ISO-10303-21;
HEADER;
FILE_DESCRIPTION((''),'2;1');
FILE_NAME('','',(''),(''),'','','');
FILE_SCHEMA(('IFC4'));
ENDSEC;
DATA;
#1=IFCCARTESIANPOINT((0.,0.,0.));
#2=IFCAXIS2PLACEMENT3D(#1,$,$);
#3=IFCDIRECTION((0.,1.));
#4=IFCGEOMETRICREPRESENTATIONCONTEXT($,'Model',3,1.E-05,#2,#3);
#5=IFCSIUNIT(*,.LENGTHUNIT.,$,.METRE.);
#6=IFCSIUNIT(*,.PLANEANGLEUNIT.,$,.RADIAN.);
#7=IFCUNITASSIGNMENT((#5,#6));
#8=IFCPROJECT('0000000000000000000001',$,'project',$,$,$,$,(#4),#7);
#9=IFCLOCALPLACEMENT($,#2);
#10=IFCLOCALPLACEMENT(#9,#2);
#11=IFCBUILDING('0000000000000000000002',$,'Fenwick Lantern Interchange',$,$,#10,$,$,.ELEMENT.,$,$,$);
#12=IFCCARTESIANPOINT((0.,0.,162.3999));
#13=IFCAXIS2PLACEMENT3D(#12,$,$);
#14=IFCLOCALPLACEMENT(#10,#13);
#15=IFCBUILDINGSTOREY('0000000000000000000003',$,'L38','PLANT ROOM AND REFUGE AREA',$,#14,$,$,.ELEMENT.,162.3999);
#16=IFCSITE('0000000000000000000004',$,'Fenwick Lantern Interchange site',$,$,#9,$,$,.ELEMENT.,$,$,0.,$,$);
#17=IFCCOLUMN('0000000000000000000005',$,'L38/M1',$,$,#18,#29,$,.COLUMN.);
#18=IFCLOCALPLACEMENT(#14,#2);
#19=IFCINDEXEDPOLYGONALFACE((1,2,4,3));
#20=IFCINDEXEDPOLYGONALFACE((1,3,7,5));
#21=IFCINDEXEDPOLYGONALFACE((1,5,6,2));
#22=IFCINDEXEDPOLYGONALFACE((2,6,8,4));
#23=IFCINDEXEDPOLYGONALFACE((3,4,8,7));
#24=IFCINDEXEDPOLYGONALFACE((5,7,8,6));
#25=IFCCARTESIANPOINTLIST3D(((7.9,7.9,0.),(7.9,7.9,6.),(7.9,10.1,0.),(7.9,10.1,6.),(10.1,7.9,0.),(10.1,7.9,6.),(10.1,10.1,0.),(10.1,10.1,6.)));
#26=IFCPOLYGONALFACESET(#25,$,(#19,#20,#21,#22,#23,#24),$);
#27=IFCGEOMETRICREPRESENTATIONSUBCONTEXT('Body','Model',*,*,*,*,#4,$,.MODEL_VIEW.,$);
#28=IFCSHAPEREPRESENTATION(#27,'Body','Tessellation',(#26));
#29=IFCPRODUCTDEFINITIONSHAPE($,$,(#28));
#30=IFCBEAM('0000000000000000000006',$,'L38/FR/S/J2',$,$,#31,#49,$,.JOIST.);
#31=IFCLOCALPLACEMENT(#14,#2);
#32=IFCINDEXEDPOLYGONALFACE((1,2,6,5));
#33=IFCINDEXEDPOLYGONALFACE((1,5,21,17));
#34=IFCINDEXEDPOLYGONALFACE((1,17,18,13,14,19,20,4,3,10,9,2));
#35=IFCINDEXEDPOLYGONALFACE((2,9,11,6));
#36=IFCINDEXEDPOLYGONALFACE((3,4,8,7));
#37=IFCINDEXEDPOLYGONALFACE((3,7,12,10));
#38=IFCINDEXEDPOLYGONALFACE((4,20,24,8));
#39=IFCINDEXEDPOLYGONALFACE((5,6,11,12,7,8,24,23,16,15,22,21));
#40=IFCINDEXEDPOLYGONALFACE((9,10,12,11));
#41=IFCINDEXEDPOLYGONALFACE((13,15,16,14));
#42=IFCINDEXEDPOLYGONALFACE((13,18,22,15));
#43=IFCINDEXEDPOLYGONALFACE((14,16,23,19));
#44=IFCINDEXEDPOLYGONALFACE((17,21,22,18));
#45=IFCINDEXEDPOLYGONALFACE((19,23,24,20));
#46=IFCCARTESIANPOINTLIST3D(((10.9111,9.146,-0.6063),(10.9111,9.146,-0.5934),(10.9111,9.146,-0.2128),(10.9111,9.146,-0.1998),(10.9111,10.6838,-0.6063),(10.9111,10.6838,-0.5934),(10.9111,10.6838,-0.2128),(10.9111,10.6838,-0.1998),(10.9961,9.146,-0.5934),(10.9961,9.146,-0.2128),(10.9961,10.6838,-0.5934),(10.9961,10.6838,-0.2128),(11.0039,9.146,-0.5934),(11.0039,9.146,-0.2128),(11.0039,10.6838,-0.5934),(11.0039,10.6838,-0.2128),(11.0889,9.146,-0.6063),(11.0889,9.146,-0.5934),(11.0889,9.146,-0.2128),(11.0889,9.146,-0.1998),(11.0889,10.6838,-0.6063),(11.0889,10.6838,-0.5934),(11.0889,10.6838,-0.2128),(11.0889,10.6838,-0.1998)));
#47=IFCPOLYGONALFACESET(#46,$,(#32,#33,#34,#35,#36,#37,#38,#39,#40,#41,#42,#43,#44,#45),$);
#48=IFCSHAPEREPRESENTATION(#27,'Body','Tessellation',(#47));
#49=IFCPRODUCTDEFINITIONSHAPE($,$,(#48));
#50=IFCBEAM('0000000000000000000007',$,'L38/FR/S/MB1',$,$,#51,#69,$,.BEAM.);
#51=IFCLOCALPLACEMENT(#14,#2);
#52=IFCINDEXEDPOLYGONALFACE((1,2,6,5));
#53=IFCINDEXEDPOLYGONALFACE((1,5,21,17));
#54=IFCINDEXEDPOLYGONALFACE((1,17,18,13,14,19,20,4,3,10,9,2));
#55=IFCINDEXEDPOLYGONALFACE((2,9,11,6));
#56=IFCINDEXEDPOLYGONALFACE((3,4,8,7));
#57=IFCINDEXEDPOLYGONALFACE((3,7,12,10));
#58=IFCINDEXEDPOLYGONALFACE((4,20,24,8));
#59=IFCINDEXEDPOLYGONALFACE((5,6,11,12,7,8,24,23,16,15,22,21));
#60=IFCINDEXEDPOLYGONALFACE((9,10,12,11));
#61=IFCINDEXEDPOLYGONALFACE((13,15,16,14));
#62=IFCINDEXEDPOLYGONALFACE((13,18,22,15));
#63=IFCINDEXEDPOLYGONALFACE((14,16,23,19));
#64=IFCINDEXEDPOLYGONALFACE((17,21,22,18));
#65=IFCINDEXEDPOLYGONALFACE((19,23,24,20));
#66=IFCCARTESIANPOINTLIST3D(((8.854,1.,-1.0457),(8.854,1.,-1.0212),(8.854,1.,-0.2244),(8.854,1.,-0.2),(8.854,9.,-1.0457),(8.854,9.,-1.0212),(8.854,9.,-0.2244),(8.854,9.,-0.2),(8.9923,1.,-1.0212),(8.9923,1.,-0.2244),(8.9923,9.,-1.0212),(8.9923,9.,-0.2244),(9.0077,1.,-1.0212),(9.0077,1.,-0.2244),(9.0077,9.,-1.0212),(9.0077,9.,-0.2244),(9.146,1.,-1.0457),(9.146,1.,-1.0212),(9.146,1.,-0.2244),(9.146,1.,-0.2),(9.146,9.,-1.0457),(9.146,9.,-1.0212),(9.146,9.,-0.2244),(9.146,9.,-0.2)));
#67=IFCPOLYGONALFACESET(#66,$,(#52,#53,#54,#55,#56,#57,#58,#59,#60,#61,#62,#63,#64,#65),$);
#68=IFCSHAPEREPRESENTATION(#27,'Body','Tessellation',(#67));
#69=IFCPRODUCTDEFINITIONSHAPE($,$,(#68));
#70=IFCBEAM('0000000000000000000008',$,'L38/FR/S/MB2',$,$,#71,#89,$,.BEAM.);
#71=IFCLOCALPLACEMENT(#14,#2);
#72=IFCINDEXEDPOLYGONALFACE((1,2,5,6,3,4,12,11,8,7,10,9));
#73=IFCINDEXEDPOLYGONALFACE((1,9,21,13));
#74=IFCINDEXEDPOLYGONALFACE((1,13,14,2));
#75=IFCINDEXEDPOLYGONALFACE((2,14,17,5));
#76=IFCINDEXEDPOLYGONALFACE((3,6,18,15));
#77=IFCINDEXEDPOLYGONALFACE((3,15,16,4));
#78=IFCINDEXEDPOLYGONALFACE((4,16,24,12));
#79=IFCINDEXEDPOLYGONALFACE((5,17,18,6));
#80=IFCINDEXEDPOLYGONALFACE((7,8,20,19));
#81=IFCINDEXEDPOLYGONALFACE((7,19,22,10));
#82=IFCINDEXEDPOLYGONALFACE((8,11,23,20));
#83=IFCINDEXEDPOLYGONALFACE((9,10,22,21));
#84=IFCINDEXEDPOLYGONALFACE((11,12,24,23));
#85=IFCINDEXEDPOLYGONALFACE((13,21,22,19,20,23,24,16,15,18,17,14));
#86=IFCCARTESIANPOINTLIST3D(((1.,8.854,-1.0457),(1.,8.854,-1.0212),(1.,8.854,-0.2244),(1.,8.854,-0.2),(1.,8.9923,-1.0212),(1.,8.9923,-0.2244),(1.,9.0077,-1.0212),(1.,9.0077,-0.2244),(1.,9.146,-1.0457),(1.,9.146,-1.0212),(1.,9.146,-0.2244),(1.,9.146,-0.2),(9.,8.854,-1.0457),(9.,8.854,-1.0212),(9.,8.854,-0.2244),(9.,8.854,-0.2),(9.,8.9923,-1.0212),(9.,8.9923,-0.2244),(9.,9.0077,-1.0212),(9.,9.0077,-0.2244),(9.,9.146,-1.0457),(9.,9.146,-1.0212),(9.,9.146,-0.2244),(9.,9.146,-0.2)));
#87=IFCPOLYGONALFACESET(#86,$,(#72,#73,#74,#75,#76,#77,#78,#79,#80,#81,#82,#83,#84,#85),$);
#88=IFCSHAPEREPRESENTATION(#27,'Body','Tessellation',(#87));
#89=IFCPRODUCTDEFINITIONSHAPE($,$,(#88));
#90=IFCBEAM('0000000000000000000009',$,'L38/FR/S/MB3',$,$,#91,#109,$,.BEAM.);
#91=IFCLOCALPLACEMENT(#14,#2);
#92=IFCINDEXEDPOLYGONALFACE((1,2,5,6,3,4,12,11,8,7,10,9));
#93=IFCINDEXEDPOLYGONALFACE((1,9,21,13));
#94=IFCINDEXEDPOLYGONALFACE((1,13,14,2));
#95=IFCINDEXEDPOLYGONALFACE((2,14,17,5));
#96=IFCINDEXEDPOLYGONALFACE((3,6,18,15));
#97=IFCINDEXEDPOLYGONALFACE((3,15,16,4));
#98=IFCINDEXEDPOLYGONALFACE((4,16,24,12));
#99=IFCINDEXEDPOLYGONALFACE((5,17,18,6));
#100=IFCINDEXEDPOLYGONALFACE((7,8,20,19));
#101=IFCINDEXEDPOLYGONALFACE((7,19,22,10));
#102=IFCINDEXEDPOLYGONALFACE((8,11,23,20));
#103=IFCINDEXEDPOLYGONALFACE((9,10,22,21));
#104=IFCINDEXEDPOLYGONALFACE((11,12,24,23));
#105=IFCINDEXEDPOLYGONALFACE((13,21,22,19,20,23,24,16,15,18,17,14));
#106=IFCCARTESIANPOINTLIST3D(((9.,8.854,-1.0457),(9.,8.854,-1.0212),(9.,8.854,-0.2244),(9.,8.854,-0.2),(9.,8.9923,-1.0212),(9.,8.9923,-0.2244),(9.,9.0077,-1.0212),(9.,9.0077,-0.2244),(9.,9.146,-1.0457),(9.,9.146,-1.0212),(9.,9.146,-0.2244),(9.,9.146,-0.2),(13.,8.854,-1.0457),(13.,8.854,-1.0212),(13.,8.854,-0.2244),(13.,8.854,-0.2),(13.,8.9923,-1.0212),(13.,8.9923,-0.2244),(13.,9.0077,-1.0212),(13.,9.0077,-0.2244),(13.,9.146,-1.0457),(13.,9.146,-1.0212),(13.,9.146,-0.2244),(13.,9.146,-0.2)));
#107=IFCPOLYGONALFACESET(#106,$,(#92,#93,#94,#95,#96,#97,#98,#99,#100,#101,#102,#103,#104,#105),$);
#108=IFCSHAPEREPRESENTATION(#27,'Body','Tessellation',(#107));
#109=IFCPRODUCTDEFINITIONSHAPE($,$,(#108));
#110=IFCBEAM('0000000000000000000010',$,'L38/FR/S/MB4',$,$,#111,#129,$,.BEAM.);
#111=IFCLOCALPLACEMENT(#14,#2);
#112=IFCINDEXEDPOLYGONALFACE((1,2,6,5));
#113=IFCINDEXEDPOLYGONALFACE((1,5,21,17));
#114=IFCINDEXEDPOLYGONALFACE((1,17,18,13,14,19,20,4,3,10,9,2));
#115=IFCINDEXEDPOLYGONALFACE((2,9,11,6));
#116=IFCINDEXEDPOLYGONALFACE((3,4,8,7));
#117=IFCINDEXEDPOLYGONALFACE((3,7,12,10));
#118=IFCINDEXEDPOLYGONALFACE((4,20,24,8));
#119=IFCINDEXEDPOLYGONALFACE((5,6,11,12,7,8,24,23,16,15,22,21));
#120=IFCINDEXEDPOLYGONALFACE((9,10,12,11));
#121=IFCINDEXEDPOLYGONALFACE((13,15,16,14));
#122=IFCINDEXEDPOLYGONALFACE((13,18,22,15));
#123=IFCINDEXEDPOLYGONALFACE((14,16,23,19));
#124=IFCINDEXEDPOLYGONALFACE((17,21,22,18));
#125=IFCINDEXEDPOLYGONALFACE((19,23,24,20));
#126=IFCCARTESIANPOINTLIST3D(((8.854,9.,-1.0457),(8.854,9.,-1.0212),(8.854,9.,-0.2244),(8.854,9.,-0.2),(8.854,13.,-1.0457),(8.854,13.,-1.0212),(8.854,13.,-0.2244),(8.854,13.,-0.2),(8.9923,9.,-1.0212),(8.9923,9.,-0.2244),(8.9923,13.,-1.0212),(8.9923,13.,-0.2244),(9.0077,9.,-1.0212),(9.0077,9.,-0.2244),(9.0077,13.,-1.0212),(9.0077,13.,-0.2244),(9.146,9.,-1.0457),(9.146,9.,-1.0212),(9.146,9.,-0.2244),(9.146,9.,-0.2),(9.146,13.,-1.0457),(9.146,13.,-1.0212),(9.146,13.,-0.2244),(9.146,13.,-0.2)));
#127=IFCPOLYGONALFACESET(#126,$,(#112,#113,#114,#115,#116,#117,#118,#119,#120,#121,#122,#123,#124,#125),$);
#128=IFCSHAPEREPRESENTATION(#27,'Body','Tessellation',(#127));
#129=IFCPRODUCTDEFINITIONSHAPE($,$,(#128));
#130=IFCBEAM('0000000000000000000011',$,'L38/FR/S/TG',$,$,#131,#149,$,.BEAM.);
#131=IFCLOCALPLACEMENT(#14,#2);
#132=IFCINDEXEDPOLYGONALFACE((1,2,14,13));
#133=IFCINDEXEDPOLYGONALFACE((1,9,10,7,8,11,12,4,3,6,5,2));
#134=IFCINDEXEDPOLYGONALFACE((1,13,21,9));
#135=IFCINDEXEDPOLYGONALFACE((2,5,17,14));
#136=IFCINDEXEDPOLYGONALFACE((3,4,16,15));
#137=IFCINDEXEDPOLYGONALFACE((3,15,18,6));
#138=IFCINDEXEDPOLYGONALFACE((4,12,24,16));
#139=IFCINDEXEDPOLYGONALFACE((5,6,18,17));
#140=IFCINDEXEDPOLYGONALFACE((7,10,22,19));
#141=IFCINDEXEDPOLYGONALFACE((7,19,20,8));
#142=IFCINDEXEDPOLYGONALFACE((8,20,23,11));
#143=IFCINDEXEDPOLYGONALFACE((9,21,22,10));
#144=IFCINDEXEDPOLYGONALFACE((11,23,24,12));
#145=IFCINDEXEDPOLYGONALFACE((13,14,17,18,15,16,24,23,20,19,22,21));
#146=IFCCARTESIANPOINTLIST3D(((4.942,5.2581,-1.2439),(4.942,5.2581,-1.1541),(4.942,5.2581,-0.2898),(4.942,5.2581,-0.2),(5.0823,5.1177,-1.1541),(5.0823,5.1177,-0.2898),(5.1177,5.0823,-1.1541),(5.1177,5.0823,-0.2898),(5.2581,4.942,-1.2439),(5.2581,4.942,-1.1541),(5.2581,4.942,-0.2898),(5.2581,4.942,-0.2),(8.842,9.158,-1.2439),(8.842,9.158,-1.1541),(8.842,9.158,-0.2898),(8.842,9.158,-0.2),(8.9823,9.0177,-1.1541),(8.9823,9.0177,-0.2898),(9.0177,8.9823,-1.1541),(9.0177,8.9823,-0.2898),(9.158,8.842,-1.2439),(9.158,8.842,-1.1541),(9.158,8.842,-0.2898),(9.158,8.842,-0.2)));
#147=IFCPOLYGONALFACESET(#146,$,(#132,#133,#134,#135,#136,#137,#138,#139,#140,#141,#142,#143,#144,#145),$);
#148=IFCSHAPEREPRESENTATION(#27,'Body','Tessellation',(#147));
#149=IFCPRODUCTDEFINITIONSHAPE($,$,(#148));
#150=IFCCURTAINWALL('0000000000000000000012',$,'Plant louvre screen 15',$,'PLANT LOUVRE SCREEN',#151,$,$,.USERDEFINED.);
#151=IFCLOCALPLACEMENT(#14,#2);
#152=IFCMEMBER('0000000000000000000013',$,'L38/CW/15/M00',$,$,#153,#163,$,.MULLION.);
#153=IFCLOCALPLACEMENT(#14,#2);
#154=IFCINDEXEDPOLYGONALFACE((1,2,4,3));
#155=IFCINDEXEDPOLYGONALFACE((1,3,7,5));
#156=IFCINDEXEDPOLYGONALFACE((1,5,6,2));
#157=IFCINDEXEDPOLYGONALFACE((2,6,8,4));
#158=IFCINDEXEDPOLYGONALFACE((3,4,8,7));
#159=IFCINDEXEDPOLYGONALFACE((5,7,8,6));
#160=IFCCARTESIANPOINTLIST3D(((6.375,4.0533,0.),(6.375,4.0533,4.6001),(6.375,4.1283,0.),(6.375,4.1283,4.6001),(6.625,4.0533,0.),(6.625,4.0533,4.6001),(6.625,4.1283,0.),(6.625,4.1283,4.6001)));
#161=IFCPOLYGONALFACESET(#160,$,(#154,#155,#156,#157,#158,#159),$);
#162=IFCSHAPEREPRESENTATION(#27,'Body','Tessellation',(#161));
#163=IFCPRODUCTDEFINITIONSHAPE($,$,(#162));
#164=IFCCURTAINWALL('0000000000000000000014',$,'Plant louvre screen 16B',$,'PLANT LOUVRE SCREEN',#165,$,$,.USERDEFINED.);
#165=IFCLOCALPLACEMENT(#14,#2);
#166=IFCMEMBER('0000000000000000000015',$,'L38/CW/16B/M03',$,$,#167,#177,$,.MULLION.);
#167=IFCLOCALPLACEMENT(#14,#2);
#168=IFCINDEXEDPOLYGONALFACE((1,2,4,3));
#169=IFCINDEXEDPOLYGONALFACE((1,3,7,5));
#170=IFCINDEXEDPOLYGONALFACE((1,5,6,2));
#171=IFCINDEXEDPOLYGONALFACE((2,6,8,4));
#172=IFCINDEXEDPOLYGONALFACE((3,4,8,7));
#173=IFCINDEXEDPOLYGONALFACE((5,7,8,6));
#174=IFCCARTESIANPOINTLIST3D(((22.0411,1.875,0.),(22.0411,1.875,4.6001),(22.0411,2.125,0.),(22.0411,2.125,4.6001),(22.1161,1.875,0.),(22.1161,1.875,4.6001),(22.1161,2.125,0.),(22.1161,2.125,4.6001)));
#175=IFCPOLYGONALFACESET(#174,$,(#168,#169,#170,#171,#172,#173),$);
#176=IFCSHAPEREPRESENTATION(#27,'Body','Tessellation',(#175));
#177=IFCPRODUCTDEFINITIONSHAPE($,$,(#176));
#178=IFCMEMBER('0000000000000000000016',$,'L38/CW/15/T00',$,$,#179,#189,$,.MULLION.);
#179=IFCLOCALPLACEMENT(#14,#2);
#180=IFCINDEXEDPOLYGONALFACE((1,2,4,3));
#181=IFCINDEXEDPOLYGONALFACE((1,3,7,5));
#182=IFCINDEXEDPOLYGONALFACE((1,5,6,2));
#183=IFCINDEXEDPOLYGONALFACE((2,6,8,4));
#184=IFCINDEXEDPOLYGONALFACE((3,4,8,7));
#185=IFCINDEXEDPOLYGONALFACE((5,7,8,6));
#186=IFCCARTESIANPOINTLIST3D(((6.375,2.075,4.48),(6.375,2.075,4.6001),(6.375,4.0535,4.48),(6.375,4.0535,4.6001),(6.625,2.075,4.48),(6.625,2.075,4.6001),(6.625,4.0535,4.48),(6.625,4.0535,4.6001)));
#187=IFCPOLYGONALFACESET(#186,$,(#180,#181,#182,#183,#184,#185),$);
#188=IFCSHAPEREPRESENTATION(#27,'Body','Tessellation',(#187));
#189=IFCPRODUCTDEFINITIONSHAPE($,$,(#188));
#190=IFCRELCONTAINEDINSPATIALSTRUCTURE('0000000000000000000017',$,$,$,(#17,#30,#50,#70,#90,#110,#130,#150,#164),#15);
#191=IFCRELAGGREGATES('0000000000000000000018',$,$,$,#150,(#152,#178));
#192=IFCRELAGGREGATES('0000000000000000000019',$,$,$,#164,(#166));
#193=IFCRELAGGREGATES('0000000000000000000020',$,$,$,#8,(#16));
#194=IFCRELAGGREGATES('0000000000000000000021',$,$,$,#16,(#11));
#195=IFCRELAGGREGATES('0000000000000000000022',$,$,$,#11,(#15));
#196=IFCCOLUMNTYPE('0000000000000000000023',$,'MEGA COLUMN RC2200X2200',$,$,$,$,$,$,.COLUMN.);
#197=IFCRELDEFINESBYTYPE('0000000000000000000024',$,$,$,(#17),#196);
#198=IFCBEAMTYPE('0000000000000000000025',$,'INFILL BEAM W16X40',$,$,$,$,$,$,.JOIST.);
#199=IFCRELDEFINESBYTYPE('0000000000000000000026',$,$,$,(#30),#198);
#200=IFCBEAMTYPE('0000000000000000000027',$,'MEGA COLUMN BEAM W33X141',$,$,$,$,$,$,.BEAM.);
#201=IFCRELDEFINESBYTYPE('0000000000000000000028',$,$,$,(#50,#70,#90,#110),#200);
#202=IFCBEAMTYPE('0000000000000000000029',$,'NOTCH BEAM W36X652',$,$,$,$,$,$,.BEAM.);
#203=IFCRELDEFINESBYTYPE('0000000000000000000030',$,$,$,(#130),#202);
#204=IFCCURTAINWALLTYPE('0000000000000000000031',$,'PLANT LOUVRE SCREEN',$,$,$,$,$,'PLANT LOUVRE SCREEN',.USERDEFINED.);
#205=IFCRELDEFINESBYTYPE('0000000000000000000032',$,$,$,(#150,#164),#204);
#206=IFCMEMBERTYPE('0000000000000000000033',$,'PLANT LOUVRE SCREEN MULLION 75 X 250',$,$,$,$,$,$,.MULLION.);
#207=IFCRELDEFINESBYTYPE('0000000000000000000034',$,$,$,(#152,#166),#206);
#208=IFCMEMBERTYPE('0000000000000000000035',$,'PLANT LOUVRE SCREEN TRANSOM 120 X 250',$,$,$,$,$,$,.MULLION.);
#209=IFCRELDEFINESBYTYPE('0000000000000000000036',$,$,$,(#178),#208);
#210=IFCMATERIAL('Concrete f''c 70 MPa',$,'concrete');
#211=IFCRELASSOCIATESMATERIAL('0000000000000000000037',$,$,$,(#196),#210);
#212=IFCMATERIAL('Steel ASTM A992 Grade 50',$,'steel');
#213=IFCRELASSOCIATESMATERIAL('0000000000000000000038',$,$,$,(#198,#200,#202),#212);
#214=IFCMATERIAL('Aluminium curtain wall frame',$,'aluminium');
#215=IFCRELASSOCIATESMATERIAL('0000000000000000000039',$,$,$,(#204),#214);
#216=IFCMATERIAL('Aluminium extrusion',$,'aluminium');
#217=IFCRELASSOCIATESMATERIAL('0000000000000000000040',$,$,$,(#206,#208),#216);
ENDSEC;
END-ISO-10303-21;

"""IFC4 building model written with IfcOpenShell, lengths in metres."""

from ifc_helpers import new_model, si_unit, direction, frame, origin, origin_2d, place, context, subcontext, project, spatial, rectangle, i_section, extrude, material, material_profile, profile_set, type_object, element, aggregate, save


model = new_model("IFC4")

# Units and contexts
model_context = context("Model", 3, precision=1e-05, world=origin(), true_north=direction((0.0, 1.0)))
body_context = subcontext(model_context, "Body", "Model", "MODEL_VIEW")
ifc_project = project(units=[si_unit("LENGTHUNIT", "METRE"), si_unit("PLANEANGLEUNIT", "RADIAN")], contexts=[model_context])

# Site, building, storey
site_placement = place(None, origin())
site = spatial("IfcSite", under=ifc_project, at=site_placement, Name="Fenwick Lantern Interchange site", CompositionType="ELEMENT", RefElevation=0.0)
building_placement = place(site_placement, origin())
building = spatial("IfcBuilding", under=site, at=building_placement, Name="Fenwick Lantern Interchange", CompositionType="ELEMENT")
storey_placement = place(building_placement, frame((0.0, 0.0, 162.3999)))
storey = spatial("IfcBuildingStorey", under=building, at=storey_placement, Name="L38", Description="PLANT ROOM AND REFUGE AREA", CompositionType="ELEMENT", Elevation=162.3999)

# Column
ifc_material_1 = material(Name="Concrete f'c 70 MPa", Category="concrete")
ifc_material_profile_1 = material_profile(ifc_material_1, rectangle(XDim=2.2, YDim=2.2, at=origin_2d()), Name="RC2200X2200")
ifc_profile_set_1 = profile_set([ifc_material_profile_1], Name="Concrete f'c 70 MPa")
column_type = type_object("IfcColumnType", Name="MEGA COLUMN RC2200X2200", PredefinedType="COLUMN", material=ifc_profile_set_1)
column_placement = place(storey_placement, frame((9.0, 9.0, 0.0), z_axis=(0.0, 0.0, 1.0), x_axis=(1.0, 0.0, 0.0)))
element("IfcColumn", 1, at=column_placement, inside=storey, type_object=column_type, Name="L38/M1", PredefinedType="COLUMN", context=body_context, shape_type="SweptSolid", body=[
    extrude(rectangle(XDim=2.2, YDim=2.2, at=origin_2d()), origin(), (0.0, 0.0, 1.0), 6.0),
])

# Beams
ifc_material_2 = material(Name="Steel ASTM A992 Grade 50", Category="steel")
ifc_material_profile_2 = material_profile(ifc_material_2, i_section(OverallWidth=0.1777, OverallDepth=0.4065, WebThickness=0.0078, FlangeThickness=0.0129, at=origin_2d()), Name="W16X40")
ifc_profile_set_2 = profile_set([ifc_material_profile_2], Name="Steel ASTM A992 Grade 50")
beam_type_1 = type_object("IfcBeamType", Name="INFILL BEAM W16X40", PredefinedType="JOIST", material=ifc_profile_set_2)
beam_1_placement = place(storey_placement, frame((11.0, 9.146, -0.4031), z_axis=(0.0, 1.0, 0.0), x_axis=(-1.0, 0.0, 0.0)))
element("IfcBeam", 2, at=beam_1_placement, inside=storey, type_object=beam_type_1, Name="L38/FR/S/J2", PredefinedType="JOIST", context=body_context, shape_type="SweptSolid", body=[
    extrude(i_section(OverallWidth=0.1777, OverallDepth=0.4065, WebThickness=0.0078, FlangeThickness=0.0129, at=origin_2d()), origin(), (0.0, 0.0, 1.0), 1.5378),
])
ifc_material_profile_3 = material_profile(ifc_material_2, i_section(OverallWidth=0.292, OverallDepth=0.8457, WebThickness=0.0154, FlangeThickness=0.0244, at=origin_2d()), Name="W33X141")
ifc_profile_set_3 = profile_set([ifc_material_profile_3], Name="Steel ASTM A992 Grade 50")
beam_type_2 = type_object("IfcBeamType", Name="MEGA COLUMN BEAM W33X141", PredefinedType="BEAM", material=ifc_profile_set_3)
for number, where, z_axis, x_axis, name in (
    (3, (9.0, 9.0, -0.6228), (0.0, -1.0, 0.0), (1.0, 0.0, 0.0), "L38/FR/S/MB1"),
    (4, (9.0, 9.0, -0.6228), (-1.0, 0.0, 0.0), (0.0, -1.0, 0.0), "L38/FR/S/MB2"),
):
    element("IfcBeam", number, at=place(storey_placement, frame(where, z_axis=z_axis, x_axis=x_axis)), inside=storey, type_object=beam_type_2, Name=name, PredefinedType="BEAM", context=body_context, shape_type="SweptSolid", body=[
        extrude(i_section(OverallWidth=0.292, OverallDepth=0.8457, WebThickness=0.0154, FlangeThickness=0.0244, at=origin_2d()), origin(), (0.0, 0.0, 1.0), 8.0),
    ])
for number, where, z_axis, x_axis, name in (
    (5, (9.0, 9.0, -0.6228), (1.0, 0.0, 0.0), (0.0, 1.0, 0.0), "L38/FR/S/MB3"),
    (6, (9.0, 9.0, -0.6228), (0.0, 1.0, 0.0), (-1.0, 0.0, 0.0), "L38/FR/S/MB4"),
):
    element("IfcBeam", number, at=place(storey_placement, frame(where, z_axis=z_axis, x_axis=x_axis)), inside=storey, type_object=beam_type_2, Name=name, PredefinedType="BEAM", context=body_context, shape_type="SweptSolid", body=[
        extrude(i_section(OverallWidth=0.292, OverallDepth=0.8457, WebThickness=0.0154, FlangeThickness=0.0244, at=origin_2d()), origin(), (0.0, 0.0, 1.0), 4.0),
    ])
ifc_material_profile_4 = material_profile(ifc_material_2, i_section(OverallWidth=0.447, OverallDepth=1.0439, WebThickness=0.05, FlangeThickness=0.0898, at=origin_2d()), Name="W36X652")
ifc_profile_set_4 = profile_set([ifc_material_profile_4], Name="Steel ASTM A992 Grade 50")
beam_type_3 = type_object("IfcBeamType", Name="NOTCH BEAM W36X652", PredefinedType="BEAM", material=ifc_profile_set_4)
beam_2_placement = place(storey_placement, frame((9.0, 9.0, -0.7219), z_axis=(-0.707107, -0.707107, 0.0), x_axis=(0.707107, -0.707107, 0.0)))
element("IfcBeam", 7, at=beam_2_placement, inside=storey, type_object=beam_type_3, Name="L38/FR/S/TG", PredefinedType="BEAM", context=body_context, shape_type="SweptSolid", body=[
    extrude(i_section(OverallWidth=0.447, OverallDepth=1.0439, WebThickness=0.05, FlangeThickness=0.0898, at=origin_2d()), origin(), (0.0, 0.0, 1.0), 5.5154),
])

# Curtain walls, members
ifc_material_3 = material(Name="Aluminium curtain wall frame", Category="aluminium")
curtain_wall_type = type_object("IfcCurtainWallType", Name="PLANT LOUVRE SCREEN", ElementType="PLANT LOUVRE SCREEN", PredefinedType="USERDEFINED", material=ifc_material_3)
curtain_wall_1_placement = place(storey_placement, origin())
curtain_wall_1 = element("IfcCurtainWall", 8, at=curtain_wall_1_placement, inside=storey, type_object=curtain_wall_type, Name="Plant louvre screen 15", ObjectType="PLANT LOUVRE SCREEN", PredefinedType="USERDEFINED")
ifc_material_4 = material(Name="Aluminium extrusion", Category="aluminium")
ifc_material_profile_5 = material_profile(ifc_material_4, rectangle(XDim=0.25, YDim=0.075, at=origin_2d()), Name="PLANT LOUVRE SCREEN MULLION 75 X 250")
ifc_profile_set_5 = profile_set([ifc_material_profile_5], Name="Aluminium extrusion")
member_type_1 = type_object("IfcMemberType", Name="PLANT LOUVRE SCREEN MULLION 75 X 250", PredefinedType="MULLION", material=ifc_profile_set_5)
member_1_placement = place(storey_placement, frame((6.5, 4.0908, 0.0), z_axis=(0.0, 0.0, 1.0), x_axis=(1.0, 0.0, 0.0)))
member_1 = element("IfcMember", 9, at=member_1_placement, type_object=member_type_1, Name="L38/CW/15/M00", PredefinedType="MULLION", context=body_context, shape_type="SweptSolid", body=[
    extrude(rectangle(XDim=0.25, YDim=0.075, at=origin_2d()), origin(), (0.0, 0.0, 1.0), 4.6001),
])
curtain_wall_2_placement = place(storey_placement, origin())
curtain_wall_2 = element("IfcCurtainWall", 10, at=curtain_wall_2_placement, inside=storey, type_object=curtain_wall_type, Name="Plant louvre screen 16B", ObjectType="PLANT LOUVRE SCREEN", PredefinedType="USERDEFINED")
member_2_placement = place(storey_placement, frame((22.0786, 2.0, 0.0), z_axis=(0.0, 0.0, 1.0), x_axis=(0.0, 1.0, 0.0)))
member_2 = element("IfcMember", 11, at=member_2_placement, type_object=member_type_1, Name="L38/CW/16B/M03", PredefinedType="MULLION", context=body_context, shape_type="SweptSolid", body=[
    extrude(rectangle(XDim=0.25, YDim=0.075, at=origin_2d()), origin(), (0.0, 0.0, 1.0), 4.6001),
])

# Member
ifc_material_profile_6 = material_profile(ifc_material_4, rectangle(XDim=0.25, YDim=0.1201, at=origin_2d()), Name="PLANT LOUVRE SCREEN TRANSOM 120 X 250")
ifc_profile_set_6 = profile_set([ifc_material_profile_6], Name="Aluminium extrusion")
member_type_2 = type_object("IfcMemberType", Name="PLANT LOUVRE SCREEN TRANSOM 120 X 250", PredefinedType="MULLION", material=ifc_profile_set_6)
member_3_placement = place(storey_placement, frame((6.5, 4.0535, 4.54), z_axis=(0.0, -1.0, 0.0), x_axis=(1.0, 0.0, 0.0)))
member_3 = element("IfcMember", 12, at=member_3_placement, type_object=member_type_2, Name="L38/CW/15/T00", PredefinedType="MULLION", context=body_context, shape_type="SweptSolid", body=[
    extrude(rectangle(XDim=0.25, YDim=0.1201, at=origin_2d()), origin(), (0.0, 0.0, 1.0), 1.9785),
])

aggregate(curtain_wall_1, [member_1, member_3])
aggregate(curtain_wall_2, [member_2])

save(model, "model.ifc")
